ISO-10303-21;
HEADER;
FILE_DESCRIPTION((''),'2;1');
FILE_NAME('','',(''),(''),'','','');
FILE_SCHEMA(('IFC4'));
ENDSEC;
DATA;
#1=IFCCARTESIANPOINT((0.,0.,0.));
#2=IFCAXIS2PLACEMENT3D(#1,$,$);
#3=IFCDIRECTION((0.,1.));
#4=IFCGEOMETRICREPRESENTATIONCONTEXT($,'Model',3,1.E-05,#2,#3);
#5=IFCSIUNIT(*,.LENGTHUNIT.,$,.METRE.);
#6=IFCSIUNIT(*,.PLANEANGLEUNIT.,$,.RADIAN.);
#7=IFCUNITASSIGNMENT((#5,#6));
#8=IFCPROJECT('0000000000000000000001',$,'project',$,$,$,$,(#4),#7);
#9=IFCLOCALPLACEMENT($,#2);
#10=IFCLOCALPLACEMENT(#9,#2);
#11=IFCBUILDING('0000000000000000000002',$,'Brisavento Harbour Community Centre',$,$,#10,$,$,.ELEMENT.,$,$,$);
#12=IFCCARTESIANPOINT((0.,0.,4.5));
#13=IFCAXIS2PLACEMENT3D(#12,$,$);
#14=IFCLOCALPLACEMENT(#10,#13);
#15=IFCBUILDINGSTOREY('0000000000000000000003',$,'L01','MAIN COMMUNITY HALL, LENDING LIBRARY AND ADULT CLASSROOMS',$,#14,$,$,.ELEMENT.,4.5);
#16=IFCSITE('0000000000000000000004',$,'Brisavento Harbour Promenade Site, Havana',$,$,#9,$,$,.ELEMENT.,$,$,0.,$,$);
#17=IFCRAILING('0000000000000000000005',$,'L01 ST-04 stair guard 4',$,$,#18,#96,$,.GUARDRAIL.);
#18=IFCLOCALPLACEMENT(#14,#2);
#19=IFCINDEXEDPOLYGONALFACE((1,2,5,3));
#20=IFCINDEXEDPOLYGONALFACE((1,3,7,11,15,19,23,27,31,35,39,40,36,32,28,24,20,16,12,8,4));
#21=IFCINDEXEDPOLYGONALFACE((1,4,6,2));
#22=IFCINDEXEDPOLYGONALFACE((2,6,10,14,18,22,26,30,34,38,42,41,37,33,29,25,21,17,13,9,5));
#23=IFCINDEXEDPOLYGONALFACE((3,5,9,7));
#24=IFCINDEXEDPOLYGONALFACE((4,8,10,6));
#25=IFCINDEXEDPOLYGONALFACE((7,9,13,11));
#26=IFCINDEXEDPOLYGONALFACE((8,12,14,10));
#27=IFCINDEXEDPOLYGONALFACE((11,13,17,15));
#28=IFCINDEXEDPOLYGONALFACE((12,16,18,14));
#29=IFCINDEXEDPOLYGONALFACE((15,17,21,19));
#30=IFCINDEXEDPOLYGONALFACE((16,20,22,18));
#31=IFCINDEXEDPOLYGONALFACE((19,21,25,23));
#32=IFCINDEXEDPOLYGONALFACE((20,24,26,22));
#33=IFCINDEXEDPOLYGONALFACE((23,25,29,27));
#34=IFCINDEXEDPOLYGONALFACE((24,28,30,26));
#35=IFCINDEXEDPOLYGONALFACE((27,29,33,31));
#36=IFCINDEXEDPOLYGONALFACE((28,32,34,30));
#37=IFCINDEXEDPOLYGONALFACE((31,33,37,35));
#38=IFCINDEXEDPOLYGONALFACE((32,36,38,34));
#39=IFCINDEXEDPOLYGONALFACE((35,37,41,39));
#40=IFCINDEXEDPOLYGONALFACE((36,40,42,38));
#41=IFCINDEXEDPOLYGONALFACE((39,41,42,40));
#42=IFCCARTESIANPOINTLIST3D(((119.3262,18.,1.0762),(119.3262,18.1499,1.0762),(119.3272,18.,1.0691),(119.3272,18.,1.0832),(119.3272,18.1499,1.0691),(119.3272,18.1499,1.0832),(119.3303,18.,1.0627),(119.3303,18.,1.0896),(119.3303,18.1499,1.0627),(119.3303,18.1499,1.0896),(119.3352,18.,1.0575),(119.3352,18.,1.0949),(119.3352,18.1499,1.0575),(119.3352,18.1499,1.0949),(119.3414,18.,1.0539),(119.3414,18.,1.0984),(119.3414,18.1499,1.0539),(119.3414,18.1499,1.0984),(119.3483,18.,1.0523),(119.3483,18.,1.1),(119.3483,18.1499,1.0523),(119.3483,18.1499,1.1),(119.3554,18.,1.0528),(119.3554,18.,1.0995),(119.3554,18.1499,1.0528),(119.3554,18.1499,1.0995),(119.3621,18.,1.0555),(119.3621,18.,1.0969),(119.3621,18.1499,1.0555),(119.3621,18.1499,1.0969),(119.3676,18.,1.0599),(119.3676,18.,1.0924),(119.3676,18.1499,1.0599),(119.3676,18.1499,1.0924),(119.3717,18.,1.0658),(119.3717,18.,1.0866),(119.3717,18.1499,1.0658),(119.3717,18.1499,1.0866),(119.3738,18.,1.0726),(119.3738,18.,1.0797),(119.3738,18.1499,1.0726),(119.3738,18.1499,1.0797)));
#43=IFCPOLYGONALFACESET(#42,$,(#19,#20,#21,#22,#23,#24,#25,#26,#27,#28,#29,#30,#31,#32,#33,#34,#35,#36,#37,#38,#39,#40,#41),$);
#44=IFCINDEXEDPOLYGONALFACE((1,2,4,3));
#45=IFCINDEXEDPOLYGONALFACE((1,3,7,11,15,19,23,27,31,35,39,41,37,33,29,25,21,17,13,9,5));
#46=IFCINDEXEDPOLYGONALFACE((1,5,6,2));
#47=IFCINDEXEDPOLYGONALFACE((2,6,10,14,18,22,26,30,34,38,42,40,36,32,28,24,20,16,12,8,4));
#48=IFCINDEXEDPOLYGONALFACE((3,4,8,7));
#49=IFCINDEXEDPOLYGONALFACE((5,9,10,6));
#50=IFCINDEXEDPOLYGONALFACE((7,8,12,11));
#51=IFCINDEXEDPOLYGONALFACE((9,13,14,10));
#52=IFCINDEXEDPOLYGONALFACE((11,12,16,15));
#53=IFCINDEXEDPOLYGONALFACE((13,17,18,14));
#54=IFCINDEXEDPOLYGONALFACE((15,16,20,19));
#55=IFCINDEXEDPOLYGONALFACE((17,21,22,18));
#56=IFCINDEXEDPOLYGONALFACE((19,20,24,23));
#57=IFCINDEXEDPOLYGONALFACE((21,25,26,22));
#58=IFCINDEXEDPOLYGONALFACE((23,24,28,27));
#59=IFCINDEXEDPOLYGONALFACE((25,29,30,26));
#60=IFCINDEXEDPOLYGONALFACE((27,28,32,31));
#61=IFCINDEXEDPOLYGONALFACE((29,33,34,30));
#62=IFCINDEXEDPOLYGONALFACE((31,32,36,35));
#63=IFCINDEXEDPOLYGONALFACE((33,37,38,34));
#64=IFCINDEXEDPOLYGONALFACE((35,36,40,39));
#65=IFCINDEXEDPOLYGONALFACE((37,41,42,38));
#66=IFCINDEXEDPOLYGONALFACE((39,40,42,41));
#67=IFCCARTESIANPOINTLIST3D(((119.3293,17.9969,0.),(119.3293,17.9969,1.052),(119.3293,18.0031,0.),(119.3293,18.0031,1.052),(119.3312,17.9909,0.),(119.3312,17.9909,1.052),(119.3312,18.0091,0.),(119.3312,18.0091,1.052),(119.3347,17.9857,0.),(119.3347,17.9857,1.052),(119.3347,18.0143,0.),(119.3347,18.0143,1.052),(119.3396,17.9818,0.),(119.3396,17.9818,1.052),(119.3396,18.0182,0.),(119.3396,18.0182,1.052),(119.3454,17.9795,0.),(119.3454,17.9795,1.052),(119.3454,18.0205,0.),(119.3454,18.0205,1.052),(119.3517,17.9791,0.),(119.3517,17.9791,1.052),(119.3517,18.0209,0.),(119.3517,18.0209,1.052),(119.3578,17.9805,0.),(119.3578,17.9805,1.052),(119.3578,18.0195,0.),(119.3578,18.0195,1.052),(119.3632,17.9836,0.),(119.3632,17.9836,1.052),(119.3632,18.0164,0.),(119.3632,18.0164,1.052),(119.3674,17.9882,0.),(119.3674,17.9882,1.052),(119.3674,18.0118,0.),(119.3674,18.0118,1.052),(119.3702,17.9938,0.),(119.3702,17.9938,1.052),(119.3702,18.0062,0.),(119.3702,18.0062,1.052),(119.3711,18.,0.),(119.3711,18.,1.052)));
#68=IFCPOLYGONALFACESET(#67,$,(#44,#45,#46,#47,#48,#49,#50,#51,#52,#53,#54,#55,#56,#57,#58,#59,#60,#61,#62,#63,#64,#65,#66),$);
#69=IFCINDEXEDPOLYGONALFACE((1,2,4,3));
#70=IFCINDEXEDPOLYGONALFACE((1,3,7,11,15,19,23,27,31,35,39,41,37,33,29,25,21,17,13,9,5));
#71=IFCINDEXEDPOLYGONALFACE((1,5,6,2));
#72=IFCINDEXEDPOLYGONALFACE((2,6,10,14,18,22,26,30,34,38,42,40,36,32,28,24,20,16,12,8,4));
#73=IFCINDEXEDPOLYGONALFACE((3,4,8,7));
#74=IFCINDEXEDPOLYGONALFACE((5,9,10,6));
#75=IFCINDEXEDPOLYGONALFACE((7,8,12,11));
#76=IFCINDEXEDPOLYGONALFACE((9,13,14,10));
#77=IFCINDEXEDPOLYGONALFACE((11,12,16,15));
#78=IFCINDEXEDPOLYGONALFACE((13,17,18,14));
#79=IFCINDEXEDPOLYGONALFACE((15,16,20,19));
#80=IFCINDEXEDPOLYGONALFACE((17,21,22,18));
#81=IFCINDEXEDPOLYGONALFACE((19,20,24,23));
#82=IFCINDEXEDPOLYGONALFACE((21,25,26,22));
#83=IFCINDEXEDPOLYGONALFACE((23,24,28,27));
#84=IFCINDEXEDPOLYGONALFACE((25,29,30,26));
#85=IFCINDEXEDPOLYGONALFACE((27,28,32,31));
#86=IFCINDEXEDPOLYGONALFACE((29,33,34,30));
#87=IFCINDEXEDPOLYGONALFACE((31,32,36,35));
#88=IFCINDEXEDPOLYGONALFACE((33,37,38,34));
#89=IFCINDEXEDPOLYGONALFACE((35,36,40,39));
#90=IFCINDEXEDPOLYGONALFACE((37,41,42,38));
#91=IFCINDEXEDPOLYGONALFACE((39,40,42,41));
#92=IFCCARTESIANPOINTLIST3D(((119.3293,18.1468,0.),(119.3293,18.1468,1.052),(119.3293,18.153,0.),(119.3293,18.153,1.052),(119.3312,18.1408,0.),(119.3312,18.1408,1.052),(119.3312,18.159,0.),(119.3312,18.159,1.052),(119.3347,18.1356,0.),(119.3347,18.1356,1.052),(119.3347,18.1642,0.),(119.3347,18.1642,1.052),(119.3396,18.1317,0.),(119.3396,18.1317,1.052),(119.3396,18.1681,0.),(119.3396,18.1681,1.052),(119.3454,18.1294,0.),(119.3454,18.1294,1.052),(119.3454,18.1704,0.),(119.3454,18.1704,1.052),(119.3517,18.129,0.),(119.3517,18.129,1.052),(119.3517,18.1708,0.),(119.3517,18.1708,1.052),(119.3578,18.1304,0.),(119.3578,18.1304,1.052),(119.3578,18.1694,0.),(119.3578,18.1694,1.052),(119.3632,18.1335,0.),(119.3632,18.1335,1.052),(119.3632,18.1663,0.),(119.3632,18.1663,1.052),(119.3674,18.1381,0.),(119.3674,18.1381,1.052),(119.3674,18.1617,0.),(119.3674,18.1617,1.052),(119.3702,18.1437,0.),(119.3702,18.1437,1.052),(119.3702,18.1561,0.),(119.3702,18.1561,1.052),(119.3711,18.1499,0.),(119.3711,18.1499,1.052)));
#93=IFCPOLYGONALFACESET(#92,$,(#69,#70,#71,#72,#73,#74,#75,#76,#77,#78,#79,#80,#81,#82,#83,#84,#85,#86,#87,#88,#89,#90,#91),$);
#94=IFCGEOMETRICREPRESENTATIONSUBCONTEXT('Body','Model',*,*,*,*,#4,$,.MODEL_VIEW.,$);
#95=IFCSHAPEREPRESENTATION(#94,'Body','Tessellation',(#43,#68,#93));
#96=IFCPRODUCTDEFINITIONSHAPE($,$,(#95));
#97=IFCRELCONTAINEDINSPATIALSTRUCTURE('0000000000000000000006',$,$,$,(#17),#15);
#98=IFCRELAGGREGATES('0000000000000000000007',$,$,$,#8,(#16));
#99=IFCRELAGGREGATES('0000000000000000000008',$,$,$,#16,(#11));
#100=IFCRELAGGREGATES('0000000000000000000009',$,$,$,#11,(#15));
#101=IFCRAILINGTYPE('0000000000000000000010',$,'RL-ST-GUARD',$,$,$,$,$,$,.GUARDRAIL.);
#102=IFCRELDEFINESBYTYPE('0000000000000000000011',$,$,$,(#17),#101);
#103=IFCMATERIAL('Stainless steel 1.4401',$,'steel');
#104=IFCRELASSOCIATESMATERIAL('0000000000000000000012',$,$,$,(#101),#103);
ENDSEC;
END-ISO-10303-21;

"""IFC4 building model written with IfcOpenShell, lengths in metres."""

from ifc_helpers import new_model, si_unit, direction, frame, origin, origin_2d, place, context, subcontext, project, spatial, circle, extrude, material, type_object, element, save


model = new_model("IFC4")

# Units and contexts
model_context = context("Model", 3, precision=1e-05, world=origin(), true_north=direction((0.0, 1.0)))
body_context = subcontext(model_context, "Body", "Model", "MODEL_VIEW")
ifc_project = project(units=[si_unit("LENGTHUNIT", "METRE"), si_unit("PLANEANGLEUNIT", "RADIAN")], contexts=[model_context])

# Site, building, storey
site_placement = place(None, origin())
site = spatial("IfcSite", under=ifc_project, at=site_placement, Name="Brisavento Harbour Promenade Site, Havana", CompositionType="ELEMENT", RefElevation=0.0)
building_placement = place(site_placement, origin())
building = spatial("IfcBuilding", under=site, at=building_placement, Name="Brisavento Harbour Community Centre", CompositionType="ELEMENT")
storey_placement = place(building_placement, frame((0.0, 0.0, 4.5)))
storey = spatial("IfcBuildingStorey", under=building, at=storey_placement, Name="L01", Description="MAIN COMMUNITY HALL, LENDING LIBRARY AND ADULT CLASSROOMS", CompositionType="ELEMENT", Elevation=4.5)

# Railing
ifc_material_1 = material(Name="Stainless steel 1.4401", Category="steel")
railing_type_1 = type_object("IfcRailingType", Name="RL-ST-GUARD", PredefinedType="GUARDRAIL", material=ifc_material_1)
railing_1_placement = place(storey_placement, frame((119.3501, 18.0, 0.0)))
element("IfcRailing", 1, at=railing_1_placement, inside=storey, type_object=railing_type_1, Name="L01 ST-04 stair guard 4", PredefinedType="GUARDRAIL", context=body_context, shape_type="SweptSolid", body=[
    extrude(circle(Radius=0.0239, at=origin_2d()), frame((0.0, 0.0, 1.0762), z_axis=(0.0, 1.0, 0.0), x_axis=(-1.0, 0.0, 0.0)), (0.0, 0.0, 1.0), 0.1499),
    extrude(circle(Radius=0.021, at=origin_2d()), origin(), (0.0, 0.0, 1.0), 1.052),
    extrude(circle(Radius=0.021, at=origin_2d()), frame((0.0, 0.1499, 0.0)), (0.0, 0.0, 1.0), 1.052),
])

save(model, "model.ifc")
